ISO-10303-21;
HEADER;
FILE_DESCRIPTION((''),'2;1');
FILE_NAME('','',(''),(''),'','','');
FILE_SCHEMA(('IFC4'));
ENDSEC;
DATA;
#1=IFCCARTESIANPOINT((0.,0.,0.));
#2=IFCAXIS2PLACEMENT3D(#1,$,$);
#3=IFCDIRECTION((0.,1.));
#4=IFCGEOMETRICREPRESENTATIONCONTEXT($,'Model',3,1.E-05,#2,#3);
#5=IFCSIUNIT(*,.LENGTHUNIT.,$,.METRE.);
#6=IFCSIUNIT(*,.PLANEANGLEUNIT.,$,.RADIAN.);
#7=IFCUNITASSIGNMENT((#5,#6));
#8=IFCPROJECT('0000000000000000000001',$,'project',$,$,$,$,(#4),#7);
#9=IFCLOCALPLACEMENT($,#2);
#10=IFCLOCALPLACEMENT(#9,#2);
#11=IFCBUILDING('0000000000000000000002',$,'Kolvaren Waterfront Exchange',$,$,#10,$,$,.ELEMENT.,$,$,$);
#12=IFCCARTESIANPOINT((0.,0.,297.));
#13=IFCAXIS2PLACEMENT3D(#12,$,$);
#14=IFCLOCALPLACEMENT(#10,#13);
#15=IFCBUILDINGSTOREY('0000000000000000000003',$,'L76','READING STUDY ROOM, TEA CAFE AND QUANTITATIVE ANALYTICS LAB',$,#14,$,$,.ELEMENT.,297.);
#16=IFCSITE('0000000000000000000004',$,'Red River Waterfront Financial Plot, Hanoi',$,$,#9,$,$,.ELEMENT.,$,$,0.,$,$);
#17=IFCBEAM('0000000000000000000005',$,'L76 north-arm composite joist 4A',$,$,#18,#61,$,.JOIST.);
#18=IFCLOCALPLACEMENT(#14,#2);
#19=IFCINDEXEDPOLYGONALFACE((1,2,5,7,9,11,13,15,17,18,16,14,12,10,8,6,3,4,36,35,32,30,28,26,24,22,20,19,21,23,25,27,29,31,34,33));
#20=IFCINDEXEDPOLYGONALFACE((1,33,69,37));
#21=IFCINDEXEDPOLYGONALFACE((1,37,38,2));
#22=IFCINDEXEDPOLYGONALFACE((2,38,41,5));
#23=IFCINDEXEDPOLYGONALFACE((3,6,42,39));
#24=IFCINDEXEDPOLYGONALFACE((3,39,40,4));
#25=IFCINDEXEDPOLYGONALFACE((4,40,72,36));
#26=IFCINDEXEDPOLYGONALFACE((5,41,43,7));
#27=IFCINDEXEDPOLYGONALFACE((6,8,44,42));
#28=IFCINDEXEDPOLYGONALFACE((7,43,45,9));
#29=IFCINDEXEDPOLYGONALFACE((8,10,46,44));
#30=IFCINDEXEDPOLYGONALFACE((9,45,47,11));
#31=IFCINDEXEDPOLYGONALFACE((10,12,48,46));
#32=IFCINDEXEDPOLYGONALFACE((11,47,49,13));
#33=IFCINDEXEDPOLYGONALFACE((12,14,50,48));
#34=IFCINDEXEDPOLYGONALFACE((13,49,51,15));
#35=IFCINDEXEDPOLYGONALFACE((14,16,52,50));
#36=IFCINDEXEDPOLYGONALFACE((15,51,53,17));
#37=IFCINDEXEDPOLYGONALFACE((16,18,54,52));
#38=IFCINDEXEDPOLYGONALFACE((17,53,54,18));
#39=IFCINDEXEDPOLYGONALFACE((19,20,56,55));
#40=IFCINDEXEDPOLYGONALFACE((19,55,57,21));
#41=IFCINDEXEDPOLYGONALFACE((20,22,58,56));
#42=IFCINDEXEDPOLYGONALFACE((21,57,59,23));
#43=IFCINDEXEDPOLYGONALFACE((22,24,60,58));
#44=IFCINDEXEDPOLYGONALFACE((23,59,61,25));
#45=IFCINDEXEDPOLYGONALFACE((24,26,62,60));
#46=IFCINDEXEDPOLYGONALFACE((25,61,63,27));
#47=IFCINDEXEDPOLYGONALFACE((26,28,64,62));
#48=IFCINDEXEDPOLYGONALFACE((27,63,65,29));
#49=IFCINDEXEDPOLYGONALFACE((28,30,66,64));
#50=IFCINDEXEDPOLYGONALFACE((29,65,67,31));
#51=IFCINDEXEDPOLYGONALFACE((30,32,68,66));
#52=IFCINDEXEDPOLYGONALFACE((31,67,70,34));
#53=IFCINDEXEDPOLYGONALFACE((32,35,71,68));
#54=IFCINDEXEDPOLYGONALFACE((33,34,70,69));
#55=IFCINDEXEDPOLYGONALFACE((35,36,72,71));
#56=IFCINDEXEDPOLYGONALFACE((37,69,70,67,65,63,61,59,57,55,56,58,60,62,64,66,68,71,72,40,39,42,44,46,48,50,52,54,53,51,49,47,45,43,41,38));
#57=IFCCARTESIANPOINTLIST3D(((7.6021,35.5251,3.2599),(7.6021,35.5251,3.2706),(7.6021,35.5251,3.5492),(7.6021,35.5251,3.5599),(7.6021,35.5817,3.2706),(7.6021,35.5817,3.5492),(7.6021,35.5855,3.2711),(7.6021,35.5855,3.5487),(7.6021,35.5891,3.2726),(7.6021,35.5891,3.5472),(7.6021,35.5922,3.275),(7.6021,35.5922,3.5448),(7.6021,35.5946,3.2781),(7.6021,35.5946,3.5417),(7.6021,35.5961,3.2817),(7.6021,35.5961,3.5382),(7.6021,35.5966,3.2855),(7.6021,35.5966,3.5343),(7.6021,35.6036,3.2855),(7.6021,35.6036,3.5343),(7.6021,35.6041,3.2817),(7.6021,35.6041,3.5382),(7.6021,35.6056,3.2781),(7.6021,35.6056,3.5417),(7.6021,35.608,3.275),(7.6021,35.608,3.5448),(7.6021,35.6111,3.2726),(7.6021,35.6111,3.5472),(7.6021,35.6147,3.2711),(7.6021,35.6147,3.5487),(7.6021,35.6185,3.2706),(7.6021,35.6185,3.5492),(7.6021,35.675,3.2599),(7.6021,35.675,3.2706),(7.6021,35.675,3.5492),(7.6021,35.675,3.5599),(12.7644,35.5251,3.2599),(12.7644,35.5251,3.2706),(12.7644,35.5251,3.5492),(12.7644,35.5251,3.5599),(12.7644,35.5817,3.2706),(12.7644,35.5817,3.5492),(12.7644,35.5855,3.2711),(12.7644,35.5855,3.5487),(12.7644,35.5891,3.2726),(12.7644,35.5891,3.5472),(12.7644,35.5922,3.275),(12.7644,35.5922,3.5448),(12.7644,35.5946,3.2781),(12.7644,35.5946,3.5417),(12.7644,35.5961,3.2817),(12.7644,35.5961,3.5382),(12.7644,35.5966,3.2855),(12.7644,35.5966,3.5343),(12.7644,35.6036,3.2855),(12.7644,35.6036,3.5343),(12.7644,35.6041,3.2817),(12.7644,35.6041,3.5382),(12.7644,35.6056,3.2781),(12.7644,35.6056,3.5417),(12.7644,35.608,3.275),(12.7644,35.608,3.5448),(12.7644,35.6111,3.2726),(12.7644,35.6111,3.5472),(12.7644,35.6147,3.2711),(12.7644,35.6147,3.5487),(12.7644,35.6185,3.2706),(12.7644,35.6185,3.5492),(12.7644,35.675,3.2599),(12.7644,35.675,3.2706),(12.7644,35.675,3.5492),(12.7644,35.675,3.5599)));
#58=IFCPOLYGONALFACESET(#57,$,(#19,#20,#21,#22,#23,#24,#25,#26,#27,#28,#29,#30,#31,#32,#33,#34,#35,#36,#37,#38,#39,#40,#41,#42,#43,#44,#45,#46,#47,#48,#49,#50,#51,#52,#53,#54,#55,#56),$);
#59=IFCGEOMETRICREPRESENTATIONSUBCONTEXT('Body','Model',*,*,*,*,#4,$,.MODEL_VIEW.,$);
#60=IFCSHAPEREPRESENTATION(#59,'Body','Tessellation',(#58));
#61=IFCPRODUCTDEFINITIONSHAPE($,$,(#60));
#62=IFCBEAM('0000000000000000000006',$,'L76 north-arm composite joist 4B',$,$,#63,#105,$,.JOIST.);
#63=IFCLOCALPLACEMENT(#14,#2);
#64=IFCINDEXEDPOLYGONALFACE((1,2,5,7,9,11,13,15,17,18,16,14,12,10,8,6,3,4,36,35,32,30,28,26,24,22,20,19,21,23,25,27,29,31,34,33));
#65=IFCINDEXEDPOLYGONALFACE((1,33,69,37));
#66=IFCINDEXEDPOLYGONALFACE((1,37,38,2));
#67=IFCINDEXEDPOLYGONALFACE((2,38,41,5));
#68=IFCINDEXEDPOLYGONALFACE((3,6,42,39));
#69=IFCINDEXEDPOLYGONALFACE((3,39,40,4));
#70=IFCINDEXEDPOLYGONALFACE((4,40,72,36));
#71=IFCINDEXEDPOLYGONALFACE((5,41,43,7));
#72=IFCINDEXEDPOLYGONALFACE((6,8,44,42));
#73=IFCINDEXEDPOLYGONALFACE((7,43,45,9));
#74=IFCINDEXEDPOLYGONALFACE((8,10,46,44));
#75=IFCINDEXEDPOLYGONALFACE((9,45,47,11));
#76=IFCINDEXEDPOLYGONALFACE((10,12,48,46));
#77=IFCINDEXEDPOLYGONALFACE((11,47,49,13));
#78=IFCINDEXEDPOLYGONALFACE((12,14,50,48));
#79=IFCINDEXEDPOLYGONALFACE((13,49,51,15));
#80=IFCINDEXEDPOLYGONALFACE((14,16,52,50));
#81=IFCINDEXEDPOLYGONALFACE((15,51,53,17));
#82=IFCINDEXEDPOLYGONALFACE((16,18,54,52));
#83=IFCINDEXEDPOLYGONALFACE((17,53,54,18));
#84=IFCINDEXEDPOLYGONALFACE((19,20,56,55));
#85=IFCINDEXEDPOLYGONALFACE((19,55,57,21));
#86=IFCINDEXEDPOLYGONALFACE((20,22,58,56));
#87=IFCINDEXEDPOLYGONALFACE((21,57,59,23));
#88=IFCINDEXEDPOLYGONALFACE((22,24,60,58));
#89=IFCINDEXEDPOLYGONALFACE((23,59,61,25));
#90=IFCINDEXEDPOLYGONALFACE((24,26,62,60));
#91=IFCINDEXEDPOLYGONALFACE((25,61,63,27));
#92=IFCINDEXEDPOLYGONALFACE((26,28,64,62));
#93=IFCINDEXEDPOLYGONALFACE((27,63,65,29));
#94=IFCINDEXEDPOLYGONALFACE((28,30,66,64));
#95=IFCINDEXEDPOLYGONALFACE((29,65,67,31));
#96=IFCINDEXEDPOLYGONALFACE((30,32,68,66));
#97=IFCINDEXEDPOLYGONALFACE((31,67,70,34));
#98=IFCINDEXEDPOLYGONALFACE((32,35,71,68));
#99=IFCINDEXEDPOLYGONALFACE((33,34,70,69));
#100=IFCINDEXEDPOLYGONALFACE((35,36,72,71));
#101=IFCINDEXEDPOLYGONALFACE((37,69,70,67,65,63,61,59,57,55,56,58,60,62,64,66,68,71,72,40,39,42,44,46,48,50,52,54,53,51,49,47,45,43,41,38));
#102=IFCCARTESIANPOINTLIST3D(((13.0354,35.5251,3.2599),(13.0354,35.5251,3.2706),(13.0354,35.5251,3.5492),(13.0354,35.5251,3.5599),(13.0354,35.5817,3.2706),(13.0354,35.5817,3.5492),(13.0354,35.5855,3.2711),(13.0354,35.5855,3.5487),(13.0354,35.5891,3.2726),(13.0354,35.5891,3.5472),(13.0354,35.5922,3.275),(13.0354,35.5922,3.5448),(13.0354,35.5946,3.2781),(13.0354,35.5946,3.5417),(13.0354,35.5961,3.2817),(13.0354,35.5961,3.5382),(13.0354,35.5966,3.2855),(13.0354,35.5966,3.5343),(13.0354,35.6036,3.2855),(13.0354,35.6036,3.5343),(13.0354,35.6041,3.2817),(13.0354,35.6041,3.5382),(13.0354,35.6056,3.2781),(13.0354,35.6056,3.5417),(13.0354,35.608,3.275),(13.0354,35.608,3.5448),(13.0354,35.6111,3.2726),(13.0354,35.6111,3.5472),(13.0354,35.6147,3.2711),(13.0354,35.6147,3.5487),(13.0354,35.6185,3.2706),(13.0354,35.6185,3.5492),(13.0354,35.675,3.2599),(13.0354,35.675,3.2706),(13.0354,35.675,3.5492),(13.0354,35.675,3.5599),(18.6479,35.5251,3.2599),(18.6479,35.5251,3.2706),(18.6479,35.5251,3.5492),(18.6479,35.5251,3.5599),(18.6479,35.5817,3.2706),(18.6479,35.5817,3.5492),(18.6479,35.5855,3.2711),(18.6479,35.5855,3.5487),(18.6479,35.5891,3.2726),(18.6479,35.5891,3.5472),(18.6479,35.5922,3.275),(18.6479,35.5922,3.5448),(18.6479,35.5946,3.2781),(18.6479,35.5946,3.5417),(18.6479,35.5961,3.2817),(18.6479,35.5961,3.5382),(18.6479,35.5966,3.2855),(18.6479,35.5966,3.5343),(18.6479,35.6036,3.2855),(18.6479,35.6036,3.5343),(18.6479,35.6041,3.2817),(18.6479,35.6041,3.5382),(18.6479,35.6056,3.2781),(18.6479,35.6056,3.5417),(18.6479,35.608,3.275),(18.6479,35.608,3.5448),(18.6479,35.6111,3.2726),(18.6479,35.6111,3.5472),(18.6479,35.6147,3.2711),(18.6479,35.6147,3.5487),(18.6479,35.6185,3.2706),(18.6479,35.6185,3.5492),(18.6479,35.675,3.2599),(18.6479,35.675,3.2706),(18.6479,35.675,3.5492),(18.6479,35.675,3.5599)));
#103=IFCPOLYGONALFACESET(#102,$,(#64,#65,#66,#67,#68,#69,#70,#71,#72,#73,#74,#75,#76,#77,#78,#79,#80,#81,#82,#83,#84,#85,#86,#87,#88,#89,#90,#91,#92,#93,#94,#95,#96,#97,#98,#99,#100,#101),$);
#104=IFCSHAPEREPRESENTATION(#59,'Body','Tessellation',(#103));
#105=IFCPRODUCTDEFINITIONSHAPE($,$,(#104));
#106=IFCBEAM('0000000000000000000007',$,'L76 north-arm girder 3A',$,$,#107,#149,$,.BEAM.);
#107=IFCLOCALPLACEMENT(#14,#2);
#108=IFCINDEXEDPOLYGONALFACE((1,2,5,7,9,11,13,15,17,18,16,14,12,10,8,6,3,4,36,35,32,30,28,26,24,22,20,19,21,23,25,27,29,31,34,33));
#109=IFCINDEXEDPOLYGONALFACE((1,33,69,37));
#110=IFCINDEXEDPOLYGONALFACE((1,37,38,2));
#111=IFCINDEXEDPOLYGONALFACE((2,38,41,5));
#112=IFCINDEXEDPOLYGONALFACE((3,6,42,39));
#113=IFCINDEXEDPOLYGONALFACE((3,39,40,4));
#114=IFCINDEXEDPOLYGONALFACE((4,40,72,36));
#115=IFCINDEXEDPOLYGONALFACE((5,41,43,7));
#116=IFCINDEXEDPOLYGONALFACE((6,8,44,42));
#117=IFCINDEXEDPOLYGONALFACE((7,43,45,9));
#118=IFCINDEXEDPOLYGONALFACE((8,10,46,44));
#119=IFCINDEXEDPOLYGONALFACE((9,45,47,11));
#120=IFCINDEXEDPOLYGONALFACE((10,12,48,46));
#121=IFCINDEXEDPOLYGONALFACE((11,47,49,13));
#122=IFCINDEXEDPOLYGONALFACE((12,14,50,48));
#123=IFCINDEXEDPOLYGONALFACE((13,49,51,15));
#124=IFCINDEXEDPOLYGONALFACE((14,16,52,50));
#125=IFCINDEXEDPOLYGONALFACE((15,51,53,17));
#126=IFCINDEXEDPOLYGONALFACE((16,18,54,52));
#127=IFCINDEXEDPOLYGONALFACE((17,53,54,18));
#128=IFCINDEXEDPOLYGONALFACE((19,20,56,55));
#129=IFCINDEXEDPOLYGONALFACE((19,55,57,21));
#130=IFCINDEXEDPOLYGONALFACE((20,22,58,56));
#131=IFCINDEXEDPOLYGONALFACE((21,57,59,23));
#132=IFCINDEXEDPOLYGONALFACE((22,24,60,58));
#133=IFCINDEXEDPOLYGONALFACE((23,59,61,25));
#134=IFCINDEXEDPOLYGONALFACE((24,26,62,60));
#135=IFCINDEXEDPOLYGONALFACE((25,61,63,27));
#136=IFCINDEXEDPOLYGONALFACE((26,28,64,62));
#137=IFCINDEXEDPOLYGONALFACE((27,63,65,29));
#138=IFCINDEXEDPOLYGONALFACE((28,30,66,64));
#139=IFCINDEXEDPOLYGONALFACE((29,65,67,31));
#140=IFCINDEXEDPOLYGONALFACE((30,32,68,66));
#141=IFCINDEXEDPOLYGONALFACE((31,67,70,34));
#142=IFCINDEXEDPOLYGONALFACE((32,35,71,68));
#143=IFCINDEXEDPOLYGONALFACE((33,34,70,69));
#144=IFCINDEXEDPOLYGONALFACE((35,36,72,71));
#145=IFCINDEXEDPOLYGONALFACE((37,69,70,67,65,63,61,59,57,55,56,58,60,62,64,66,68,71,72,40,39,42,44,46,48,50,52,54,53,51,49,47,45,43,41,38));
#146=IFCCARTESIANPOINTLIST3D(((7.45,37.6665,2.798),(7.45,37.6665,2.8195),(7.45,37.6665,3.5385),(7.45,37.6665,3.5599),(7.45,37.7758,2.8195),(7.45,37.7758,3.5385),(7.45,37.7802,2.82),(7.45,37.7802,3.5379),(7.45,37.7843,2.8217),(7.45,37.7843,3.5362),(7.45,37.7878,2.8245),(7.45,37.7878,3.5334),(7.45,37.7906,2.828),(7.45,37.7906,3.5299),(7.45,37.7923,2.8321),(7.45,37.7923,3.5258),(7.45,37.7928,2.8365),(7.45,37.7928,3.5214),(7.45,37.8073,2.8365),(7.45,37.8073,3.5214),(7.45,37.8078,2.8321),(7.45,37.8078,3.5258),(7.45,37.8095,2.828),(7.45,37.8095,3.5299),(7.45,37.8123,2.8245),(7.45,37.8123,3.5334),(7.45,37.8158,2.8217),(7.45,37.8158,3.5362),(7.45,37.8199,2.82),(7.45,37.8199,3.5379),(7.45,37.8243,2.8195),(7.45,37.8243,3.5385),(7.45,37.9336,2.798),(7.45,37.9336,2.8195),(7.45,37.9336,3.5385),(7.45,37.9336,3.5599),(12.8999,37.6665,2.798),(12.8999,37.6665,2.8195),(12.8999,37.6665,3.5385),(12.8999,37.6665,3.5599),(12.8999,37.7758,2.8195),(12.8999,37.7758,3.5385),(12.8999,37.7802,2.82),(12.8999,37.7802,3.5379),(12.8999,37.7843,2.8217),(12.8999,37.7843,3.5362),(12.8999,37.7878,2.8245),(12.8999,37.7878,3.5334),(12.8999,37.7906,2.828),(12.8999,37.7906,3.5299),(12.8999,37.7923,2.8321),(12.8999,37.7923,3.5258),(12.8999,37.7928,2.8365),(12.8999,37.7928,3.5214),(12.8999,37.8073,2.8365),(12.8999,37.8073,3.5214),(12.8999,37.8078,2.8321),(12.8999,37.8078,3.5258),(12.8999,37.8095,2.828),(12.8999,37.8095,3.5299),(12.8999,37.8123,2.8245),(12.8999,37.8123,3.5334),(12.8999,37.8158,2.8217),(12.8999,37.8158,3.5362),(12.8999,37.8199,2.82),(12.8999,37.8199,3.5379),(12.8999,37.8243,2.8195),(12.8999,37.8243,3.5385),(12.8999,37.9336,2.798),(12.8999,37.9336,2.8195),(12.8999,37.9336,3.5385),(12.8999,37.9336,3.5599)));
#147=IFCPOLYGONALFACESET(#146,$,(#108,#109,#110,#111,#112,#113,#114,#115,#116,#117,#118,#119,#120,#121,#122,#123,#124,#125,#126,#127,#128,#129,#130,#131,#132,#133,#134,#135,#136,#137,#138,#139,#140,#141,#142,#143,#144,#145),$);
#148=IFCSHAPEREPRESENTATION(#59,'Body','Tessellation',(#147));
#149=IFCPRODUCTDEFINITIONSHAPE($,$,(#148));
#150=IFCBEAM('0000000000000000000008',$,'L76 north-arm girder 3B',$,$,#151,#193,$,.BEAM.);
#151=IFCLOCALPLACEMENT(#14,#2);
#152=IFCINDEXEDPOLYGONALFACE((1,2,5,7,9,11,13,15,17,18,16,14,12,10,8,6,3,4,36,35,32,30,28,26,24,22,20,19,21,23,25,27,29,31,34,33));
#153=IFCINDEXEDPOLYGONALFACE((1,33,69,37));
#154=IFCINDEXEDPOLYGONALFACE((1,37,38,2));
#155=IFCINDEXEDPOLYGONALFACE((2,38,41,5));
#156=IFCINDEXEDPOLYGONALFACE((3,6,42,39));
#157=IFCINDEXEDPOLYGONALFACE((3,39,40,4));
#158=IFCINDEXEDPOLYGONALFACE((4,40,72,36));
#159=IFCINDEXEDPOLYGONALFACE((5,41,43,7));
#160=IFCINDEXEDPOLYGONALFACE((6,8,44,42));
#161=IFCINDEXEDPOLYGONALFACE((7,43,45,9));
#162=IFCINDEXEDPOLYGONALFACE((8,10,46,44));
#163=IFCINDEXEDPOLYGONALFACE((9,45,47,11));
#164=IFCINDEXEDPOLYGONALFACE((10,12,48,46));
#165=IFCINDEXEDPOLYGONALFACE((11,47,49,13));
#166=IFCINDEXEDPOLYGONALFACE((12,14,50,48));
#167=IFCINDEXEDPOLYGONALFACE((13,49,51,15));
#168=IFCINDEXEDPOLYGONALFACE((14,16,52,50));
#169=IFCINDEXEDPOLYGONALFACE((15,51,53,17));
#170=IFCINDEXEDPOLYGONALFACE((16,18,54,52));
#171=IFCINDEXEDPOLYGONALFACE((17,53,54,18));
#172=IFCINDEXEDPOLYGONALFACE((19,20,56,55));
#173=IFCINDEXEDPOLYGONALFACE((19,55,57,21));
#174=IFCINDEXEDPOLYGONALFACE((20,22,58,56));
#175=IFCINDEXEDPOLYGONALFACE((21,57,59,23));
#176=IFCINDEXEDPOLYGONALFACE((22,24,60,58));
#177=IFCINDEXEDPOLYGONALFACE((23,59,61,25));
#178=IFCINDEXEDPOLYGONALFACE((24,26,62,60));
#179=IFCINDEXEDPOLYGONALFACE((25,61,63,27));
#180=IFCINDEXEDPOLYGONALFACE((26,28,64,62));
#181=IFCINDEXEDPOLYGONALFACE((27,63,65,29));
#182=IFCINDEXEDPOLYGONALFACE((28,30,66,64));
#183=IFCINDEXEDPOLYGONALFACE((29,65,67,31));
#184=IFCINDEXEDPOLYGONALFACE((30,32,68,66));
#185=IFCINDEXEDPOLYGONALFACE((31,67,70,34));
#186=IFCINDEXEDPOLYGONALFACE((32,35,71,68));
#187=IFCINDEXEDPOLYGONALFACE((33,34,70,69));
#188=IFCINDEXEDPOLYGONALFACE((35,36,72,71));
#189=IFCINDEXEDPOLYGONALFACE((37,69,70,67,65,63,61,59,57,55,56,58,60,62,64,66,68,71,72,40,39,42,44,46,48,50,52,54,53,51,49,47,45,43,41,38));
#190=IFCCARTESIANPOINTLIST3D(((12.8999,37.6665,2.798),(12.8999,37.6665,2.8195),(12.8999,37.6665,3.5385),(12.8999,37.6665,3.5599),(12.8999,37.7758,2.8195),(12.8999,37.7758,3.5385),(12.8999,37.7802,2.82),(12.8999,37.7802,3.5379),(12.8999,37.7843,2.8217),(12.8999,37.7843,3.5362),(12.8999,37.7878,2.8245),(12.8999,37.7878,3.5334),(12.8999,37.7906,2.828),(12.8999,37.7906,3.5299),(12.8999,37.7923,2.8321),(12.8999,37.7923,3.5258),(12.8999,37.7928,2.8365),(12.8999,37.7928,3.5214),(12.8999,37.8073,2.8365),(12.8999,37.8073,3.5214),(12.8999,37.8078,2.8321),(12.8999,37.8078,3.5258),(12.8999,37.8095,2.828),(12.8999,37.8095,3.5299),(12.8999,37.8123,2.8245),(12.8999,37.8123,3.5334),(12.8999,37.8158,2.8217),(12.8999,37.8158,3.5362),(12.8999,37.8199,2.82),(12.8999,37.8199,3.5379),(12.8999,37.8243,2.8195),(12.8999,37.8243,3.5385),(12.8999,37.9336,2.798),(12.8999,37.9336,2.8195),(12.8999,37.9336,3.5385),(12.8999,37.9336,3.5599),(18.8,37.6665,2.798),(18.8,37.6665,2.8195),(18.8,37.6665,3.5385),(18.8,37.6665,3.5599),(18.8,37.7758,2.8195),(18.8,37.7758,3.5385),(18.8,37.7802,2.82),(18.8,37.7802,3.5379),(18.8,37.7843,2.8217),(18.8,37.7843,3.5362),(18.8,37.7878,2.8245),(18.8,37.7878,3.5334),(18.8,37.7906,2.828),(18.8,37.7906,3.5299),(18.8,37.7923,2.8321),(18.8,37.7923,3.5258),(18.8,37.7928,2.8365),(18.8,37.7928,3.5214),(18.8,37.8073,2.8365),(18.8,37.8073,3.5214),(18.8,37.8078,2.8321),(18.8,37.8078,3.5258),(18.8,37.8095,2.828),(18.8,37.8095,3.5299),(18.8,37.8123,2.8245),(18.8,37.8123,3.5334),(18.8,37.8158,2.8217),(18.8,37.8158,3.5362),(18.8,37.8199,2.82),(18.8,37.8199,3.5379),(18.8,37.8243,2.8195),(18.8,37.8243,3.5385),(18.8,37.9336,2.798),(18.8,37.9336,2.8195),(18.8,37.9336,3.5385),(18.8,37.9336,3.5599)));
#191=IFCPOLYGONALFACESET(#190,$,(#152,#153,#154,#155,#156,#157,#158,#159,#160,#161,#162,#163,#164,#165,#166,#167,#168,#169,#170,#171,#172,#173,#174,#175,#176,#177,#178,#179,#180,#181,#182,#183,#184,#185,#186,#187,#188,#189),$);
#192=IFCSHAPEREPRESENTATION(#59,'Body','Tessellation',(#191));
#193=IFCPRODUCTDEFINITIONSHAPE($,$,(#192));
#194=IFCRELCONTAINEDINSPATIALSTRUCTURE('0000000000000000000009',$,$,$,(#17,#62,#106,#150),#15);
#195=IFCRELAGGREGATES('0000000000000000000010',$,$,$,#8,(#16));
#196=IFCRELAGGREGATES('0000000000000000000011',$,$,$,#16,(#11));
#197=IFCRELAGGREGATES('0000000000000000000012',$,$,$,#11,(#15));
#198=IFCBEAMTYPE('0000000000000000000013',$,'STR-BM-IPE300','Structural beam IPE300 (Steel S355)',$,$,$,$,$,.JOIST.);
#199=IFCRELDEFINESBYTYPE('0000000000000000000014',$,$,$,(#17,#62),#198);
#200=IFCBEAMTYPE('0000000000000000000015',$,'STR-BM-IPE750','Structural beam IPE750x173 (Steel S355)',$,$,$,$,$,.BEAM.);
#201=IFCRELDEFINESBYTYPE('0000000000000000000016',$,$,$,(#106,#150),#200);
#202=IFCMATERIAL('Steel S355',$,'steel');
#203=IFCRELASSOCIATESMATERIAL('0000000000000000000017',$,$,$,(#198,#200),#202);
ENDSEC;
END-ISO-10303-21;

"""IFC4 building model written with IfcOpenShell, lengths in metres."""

from ifc_helpers import new_model, si_unit, direction, frame, origin, origin_2d, place, context, subcontext, project, spatial, i_section, extrude, material, material_profile, profile_set, type_object, element, save


model = new_model("IFC4")

# Units and contexts
model_context = context("Model", 3, precision=1e-05, world=origin(), true_north=direction((0.0, 1.0)))
body_context = subcontext(model_context, "Body", "Model", "MODEL_VIEW")
ifc_project = project(units=[si_unit("LENGTHUNIT", "METRE"), si_unit("PLANEANGLEUNIT", "RADIAN")], contexts=[model_context])

# Site, building, storey
site_placement = place(None, origin())
site = spatial("IfcSite", under=ifc_project, at=site_placement, Name="Red River Waterfront Financial Plot, Hanoi", CompositionType="ELEMENT", RefElevation=0.0)
building_placement = place(site_placement, origin())
building = spatial("IfcBuilding", under=site, at=building_placement, Name="Kolvaren Waterfront Exchange", CompositionType="ELEMENT")
storey_placement = place(building_placement, frame((0.0, 0.0, 297.0)))
storey = spatial("IfcBuildingStorey", under=building, at=storey_placement, Name="L76", Description="READING STUDY ROOM, TEA CAFE AND QUANTITATIVE ANALYTICS LAB", CompositionType="ELEMENT", Elevation=297.0)

# Beams
ifc_material_1 = material(Name="Steel S355", Category="steel")
ifc_material_profile_1 = material_profile(ifc_material_1, i_section(OverallWidth=0.1499, OverallDepth=0.3, WebThickness=0.0071, FlangeThickness=0.0107, FilletRadius=0.0149, at=origin_2d()), Name="IPE300")
ifc_profile_set_1 = profile_set([ifc_material_profile_1], Name="Steel S355")
beam_type_1 = type_object("IfcBeamType", Name="STR-BM-IPE300", Description="Structural beam IPE300 (Steel S355)", PredefinedType="JOIST", material=ifc_profile_set_1)
beam_1_placement = place(storey_placement, frame((7.6021, 35.6001, 3.4099), z_axis=(1.0, 0.0, 0.0), x_axis=(0.0, 1.0, 0.0)))
element("IfcBeam", 1, at=beam_1_placement, inside=storey, type_object=beam_type_1, Name="L76 north-arm composite joist 4A", PredefinedType="JOIST", context=body_context, shape_type="SweptSolid", body=[
    extrude(i_section(OverallWidth=0.1499, OverallDepth=0.3, WebThickness=0.0071, FlangeThickness=0.0107, FilletRadius=0.0149, at=origin_2d()), origin(), (0.0, 0.0, 1.0), 5.1624),
])
beam_2_placement = place(storey_placement, frame((13.0354, 35.6001, 3.4099), z_axis=(1.0, 0.0, 0.0), x_axis=(0.0, 1.0, 0.0)))
element("IfcBeam", 2, at=beam_2_placement, inside=storey, type_object=beam_type_1, Name="L76 north-arm composite joist 4B", PredefinedType="JOIST", context=body_context, shape_type="SweptSolid", body=[
    extrude(i_section(OverallWidth=0.1499, OverallDepth=0.3, WebThickness=0.0071, FlangeThickness=0.0107, FilletRadius=0.0149, at=origin_2d()), origin(), (0.0, 0.0, 1.0), 5.6125),
])
ifc_material_profile_2 = material_profile(ifc_material_1, i_section(OverallWidth=0.2671, OverallDepth=0.762, WebThickness=0.0144, FlangeThickness=0.0215, FilletRadius=0.0171, at=origin_2d()), Name="IPE750x173")
ifc_profile_set_2 = profile_set([ifc_material_profile_2], Name="Steel S355")
beam_type_2 = type_object("IfcBeamType", Name="STR-BM-IPE750", Description="Structural beam IPE750x173 (Steel S355)", PredefinedType="BEAM", material=ifc_profile_set_2)
beam_3_placement = place(storey_placement, frame((7.45, 37.8, 3.179), z_axis=(1.0, 0.0, 0.0), x_axis=(0.0, 1.0, 0.0)))
element("IfcBeam", 3, at=beam_3_placement, inside=storey, type_object=beam_type_2, Name="L76 north-arm girder 3A", PredefinedType="BEAM", context=body_context, shape_type="SweptSolid", body=[
    extrude(i_section(OverallWidth=0.2671, OverallDepth=0.762, WebThickness=0.0144, FlangeThickness=0.0215, FilletRadius=0.0171, at=origin_2d()), origin(), (0.0, 0.0, 1.0), 5.45),
])
beam_4_placement = place(storey_placement, frame((12.8999, 37.8, 3.179), z_axis=(1.0, 0.0, 0.0), x_axis=(0.0, 1.0, 0.0)))
element("IfcBeam", 4, at=beam_4_placement, inside=storey, type_object=beam_type_2, Name="L76 north-arm girder 3B", PredefinedType="BEAM", context=body_context, shape_type="SweptSolid", body=[
    extrude(i_section(OverallWidth=0.2671, OverallDepth=0.762, WebThickness=0.0144, FlangeThickness=0.0215, FilletRadius=0.0171, at=origin_2d()), origin(), (0.0, 0.0, 1.0), 5.9001),
])

save(model, "model.ifc")
